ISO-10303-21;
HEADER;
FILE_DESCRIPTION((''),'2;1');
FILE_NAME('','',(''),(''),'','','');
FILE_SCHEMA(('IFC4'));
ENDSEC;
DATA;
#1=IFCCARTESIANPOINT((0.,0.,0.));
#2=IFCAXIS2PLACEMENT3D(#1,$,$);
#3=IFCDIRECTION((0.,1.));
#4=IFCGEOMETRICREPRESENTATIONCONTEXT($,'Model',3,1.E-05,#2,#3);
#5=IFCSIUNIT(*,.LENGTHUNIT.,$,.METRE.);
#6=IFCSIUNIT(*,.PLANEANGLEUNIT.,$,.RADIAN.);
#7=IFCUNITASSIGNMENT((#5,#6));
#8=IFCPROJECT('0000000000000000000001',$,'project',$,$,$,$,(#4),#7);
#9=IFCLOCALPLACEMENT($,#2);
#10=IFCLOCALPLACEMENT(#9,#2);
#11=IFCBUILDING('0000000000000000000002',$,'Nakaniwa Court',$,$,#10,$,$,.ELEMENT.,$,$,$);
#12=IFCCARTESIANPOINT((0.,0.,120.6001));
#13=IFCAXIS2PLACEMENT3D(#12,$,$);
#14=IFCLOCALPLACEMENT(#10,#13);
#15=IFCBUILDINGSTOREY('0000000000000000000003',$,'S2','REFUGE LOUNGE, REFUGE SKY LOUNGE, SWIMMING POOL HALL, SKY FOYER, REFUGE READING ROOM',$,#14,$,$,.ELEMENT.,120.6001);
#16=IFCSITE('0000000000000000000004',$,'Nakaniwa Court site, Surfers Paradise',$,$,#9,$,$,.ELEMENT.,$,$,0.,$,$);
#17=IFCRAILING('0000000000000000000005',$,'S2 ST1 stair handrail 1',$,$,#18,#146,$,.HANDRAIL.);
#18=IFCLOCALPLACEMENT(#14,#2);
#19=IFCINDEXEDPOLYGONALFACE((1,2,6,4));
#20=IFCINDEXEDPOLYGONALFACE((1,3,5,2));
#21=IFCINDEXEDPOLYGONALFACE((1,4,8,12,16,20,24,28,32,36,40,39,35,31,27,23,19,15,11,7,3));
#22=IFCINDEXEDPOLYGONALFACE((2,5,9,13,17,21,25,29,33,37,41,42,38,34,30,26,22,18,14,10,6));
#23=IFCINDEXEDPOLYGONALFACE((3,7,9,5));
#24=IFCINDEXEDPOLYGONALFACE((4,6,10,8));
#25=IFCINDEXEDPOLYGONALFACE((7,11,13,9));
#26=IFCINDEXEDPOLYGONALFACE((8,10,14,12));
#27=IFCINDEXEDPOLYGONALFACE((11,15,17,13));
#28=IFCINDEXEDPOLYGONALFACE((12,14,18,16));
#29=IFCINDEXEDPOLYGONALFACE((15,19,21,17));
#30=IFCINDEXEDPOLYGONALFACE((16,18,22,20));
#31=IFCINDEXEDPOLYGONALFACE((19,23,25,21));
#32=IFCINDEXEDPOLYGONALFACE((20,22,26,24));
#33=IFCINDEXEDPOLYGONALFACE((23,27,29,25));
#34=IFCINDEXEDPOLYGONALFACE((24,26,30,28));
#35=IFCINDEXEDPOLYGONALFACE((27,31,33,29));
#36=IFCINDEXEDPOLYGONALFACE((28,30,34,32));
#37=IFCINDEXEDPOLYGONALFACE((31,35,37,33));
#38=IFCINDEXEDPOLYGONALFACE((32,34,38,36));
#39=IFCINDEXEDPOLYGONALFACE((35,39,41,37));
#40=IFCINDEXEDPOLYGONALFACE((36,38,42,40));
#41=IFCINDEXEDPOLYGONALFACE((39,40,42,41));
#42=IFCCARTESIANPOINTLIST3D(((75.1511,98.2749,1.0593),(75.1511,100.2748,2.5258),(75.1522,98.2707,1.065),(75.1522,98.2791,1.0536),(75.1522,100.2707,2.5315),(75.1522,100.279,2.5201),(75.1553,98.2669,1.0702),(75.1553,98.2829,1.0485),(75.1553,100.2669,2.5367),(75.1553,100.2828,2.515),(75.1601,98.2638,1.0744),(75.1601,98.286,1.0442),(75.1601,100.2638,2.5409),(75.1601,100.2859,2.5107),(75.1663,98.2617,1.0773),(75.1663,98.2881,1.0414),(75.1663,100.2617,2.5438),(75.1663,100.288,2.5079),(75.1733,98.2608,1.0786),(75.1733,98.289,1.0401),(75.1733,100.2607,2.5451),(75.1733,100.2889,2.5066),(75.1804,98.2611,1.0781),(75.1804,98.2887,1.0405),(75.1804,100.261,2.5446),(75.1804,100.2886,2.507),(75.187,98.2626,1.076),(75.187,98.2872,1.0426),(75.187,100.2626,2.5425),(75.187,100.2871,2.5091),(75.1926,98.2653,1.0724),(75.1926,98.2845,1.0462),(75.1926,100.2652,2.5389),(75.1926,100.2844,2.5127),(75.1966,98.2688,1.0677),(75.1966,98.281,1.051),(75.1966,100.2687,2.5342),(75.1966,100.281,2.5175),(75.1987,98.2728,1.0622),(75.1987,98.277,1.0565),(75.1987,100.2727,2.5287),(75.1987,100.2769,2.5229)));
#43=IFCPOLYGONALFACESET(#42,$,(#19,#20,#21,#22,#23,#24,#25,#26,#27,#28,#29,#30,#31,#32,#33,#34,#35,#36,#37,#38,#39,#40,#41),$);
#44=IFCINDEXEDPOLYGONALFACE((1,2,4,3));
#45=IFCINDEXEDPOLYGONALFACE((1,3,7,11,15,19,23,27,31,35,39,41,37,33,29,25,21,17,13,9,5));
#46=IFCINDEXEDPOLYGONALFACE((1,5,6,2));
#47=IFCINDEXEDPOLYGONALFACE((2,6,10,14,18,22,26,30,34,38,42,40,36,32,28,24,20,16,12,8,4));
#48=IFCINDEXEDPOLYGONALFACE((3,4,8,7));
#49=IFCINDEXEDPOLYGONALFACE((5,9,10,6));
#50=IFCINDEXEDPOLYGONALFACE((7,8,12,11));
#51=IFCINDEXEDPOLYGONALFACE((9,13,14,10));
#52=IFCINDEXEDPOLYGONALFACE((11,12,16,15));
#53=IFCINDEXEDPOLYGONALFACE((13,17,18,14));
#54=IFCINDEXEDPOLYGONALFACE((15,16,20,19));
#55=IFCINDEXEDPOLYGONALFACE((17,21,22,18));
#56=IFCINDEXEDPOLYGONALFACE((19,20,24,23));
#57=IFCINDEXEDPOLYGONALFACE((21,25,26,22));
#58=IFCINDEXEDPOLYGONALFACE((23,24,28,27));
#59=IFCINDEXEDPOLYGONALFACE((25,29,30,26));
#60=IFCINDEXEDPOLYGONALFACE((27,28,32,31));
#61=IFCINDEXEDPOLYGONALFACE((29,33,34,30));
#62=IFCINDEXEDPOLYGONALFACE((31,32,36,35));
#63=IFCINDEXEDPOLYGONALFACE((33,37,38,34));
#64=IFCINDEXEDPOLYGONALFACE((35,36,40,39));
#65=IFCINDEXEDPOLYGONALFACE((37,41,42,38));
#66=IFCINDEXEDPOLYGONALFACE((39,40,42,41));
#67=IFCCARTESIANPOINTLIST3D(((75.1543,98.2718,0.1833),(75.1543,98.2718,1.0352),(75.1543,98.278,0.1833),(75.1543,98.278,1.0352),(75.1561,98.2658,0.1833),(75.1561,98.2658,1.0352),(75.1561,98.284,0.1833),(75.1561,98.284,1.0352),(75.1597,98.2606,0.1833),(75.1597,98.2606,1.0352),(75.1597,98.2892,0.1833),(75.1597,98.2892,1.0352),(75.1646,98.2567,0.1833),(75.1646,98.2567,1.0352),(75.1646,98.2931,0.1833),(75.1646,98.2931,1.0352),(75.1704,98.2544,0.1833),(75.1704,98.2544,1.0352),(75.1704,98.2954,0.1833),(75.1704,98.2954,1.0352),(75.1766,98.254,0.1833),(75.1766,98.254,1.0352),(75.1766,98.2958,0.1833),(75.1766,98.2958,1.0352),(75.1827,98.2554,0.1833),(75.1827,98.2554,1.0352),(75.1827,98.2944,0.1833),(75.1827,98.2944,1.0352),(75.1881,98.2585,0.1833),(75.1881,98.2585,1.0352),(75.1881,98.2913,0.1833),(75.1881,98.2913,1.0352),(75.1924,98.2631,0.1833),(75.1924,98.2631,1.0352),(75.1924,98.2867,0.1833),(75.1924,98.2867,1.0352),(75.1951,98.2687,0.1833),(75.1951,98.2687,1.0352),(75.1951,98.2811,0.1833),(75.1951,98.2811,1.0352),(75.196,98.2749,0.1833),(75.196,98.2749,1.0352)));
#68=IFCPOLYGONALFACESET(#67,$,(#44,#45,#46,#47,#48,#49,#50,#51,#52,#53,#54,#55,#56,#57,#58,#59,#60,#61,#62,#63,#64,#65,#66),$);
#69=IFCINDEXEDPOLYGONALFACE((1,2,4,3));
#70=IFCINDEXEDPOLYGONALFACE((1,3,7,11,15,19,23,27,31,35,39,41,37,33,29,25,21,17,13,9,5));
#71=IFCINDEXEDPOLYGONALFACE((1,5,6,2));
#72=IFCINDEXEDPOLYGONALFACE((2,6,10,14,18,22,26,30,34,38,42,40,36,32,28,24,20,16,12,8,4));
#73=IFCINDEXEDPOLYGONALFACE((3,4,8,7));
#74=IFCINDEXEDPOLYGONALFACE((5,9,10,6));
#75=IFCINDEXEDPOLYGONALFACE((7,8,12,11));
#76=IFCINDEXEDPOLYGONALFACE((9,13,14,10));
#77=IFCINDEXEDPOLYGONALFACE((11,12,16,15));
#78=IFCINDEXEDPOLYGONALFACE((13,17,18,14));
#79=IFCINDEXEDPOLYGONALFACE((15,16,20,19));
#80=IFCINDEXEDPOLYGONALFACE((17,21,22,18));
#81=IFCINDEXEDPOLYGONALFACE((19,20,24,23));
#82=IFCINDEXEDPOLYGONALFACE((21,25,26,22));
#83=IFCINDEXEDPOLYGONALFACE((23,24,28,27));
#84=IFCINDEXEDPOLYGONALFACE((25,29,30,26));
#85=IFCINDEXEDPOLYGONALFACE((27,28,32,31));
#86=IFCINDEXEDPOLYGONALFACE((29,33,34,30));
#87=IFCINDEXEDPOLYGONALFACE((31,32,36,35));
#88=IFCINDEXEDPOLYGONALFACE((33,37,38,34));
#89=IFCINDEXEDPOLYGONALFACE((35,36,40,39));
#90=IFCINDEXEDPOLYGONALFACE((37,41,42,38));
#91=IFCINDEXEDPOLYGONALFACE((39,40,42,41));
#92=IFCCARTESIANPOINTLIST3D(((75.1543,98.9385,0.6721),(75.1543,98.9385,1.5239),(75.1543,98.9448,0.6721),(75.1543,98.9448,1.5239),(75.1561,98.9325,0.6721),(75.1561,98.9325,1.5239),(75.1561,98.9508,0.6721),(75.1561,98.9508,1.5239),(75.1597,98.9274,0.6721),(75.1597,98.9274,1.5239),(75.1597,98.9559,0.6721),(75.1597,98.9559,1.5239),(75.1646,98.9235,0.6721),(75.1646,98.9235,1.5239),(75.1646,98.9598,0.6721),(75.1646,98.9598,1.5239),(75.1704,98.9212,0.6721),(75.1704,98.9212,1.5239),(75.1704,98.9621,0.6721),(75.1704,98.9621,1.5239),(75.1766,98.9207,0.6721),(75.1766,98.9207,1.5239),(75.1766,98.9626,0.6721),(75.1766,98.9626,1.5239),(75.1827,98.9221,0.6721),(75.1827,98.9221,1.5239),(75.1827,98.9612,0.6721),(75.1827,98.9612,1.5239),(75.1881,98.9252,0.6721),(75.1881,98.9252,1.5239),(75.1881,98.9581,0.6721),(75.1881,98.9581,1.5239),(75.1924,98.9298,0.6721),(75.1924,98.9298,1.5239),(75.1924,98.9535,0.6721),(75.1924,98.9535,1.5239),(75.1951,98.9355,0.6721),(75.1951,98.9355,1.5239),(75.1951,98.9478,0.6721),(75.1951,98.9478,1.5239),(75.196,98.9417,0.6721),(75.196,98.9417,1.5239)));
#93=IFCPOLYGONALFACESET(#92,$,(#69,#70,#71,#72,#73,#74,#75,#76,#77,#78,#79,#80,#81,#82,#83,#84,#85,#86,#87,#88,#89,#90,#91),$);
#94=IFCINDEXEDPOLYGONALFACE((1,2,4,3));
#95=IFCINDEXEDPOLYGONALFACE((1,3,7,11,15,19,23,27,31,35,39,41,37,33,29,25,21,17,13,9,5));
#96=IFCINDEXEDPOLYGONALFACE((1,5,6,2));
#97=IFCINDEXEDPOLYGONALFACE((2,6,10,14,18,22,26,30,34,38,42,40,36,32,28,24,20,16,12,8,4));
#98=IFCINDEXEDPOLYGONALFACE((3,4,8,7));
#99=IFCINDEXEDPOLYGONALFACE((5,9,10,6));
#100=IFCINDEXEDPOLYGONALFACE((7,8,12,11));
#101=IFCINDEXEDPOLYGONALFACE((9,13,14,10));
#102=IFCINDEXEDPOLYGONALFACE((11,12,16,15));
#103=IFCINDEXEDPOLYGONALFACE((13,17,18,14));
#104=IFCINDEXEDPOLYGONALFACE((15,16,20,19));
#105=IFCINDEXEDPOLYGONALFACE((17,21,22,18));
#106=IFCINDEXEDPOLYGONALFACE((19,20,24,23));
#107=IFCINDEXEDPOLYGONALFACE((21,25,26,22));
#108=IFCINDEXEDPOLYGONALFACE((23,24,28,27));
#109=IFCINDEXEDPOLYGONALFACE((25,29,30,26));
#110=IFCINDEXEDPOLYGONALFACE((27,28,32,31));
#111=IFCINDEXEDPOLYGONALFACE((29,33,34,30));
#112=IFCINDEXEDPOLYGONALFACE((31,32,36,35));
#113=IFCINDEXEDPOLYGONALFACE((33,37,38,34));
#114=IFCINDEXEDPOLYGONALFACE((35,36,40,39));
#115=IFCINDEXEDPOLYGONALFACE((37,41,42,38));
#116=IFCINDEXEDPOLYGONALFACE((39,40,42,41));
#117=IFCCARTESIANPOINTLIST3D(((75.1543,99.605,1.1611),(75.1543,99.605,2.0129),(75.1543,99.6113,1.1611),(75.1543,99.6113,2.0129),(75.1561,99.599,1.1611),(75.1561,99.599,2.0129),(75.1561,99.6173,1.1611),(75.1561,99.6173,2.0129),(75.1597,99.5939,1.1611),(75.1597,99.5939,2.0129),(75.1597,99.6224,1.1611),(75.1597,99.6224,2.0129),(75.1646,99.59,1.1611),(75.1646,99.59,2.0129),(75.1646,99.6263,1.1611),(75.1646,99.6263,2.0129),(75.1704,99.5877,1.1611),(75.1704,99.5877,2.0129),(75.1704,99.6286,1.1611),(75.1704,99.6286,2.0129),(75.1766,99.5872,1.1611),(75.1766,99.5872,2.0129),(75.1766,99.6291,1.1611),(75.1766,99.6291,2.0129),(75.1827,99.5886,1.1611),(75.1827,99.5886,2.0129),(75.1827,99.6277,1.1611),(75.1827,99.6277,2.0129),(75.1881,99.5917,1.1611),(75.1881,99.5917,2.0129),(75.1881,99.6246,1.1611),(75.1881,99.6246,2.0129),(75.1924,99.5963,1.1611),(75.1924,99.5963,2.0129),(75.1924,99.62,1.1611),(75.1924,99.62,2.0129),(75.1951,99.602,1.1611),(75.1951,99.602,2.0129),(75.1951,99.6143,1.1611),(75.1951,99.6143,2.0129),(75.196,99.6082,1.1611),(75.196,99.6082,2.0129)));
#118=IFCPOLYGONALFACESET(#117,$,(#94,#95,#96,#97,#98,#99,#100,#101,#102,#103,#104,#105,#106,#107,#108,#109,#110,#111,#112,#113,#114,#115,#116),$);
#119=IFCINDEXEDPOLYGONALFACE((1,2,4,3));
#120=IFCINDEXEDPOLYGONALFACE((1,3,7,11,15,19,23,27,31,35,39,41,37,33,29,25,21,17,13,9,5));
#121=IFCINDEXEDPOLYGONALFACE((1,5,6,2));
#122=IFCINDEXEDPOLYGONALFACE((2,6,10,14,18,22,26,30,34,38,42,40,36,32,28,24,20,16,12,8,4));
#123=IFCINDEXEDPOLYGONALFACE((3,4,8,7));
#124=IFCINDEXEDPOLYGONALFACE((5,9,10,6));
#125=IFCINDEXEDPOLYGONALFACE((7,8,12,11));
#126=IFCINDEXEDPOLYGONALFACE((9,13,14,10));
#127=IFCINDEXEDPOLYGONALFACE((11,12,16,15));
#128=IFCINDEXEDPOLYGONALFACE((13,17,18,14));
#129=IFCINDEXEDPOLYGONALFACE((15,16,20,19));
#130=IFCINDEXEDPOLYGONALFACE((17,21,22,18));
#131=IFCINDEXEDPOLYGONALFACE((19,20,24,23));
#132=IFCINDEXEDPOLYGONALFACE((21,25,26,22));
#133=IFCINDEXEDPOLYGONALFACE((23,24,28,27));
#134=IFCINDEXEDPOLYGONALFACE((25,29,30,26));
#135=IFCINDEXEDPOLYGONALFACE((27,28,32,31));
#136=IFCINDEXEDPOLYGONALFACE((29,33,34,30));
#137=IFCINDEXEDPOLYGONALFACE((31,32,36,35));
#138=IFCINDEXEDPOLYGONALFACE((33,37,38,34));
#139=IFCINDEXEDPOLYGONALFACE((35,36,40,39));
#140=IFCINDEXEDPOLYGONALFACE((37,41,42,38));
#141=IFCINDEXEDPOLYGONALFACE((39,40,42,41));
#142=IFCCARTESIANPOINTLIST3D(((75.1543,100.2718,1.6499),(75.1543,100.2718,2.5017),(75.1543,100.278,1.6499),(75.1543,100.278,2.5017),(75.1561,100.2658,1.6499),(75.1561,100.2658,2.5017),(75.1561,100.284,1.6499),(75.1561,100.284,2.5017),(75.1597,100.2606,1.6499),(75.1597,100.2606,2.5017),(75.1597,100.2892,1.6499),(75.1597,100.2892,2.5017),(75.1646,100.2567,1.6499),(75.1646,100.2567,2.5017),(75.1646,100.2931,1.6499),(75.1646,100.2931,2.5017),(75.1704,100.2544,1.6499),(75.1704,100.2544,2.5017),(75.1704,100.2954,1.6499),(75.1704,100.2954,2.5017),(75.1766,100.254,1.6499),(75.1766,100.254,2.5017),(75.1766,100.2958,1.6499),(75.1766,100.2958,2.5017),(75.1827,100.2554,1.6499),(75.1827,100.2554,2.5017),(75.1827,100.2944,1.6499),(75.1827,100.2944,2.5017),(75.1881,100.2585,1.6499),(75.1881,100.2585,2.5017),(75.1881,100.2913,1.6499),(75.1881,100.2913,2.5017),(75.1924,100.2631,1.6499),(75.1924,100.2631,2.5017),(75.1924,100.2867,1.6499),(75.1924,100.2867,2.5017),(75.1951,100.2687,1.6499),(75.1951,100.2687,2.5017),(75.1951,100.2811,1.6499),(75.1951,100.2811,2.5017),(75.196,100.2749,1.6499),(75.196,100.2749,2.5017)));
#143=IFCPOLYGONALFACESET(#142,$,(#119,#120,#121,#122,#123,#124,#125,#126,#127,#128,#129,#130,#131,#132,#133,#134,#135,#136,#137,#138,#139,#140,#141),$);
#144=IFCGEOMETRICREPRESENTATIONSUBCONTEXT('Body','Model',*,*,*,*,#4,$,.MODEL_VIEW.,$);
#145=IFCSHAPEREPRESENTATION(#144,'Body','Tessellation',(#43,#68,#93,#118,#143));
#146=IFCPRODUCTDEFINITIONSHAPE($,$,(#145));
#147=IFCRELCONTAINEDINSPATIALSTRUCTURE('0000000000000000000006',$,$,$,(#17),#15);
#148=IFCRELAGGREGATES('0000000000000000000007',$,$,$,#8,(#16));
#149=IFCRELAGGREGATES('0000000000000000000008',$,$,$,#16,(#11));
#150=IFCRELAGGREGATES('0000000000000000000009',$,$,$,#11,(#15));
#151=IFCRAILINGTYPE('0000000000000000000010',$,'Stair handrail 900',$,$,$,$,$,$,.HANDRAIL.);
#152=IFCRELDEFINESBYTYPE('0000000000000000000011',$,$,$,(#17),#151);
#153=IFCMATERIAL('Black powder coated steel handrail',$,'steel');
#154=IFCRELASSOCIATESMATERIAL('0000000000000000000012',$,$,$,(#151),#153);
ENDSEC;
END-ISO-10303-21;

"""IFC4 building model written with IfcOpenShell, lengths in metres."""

from ifc_helpers import new_model, si_unit, direction, frame, origin, origin_2d, place, context, subcontext, project, spatial, circle, extrude, material, type_object, element, save


model = new_model("IFC4")

# Units and contexts
model_context = context("Model", 3, precision=1e-05, world=origin(), true_north=direction((0.0, 1.0)))
body_context = subcontext(model_context, "Body", "Model", "MODEL_VIEW")
ifc_project = project(units=[si_unit("LENGTHUNIT", "METRE"), si_unit("PLANEANGLEUNIT", "RADIAN")], contexts=[model_context])

# Site, building, storey
site_placement = place(None, origin())
site = spatial("IfcSite", under=ifc_project, at=site_placement, Name="Nakaniwa Court site, Surfers Paradise", CompositionType="ELEMENT", RefElevation=0.0)
building_placement = place(site_placement, origin())
building = spatial("IfcBuilding", under=site, at=building_placement, Name="Nakaniwa Court", CompositionType="ELEMENT")
storey_placement = place(building_placement, frame((0.0, 0.0, 120.6001)))
storey = spatial("IfcBuildingStorey", under=building, at=storey_placement, Name="S2", Description="REFUGE LOUNGE, REFUGE SKY LOUNGE, SWIMMING POOL HALL, SKY FOYER, REFUGE READING ROOM", CompositionType="ELEMENT", Elevation=120.6001)

# Railing
ifc_material_1 = material(Name="Black powder coated steel handrail", Category="steel")
railing_type_1 = type_object("IfcRailingType", Name="Stair handrail 900", PredefinedType="HANDRAIL", material=ifc_material_1)
railing_1_placement = place(storey_placement, frame((75.175, 98.2749, 0.1833)))
element("IfcRailing", 1, at=railing_1_placement, inside=storey, type_object=railing_type_1, Name="S2 ST1 stair handrail 1", PredefinedType="HANDRAIL", context=body_context, shape_type="SweptSolid", body=[
    extrude(circle(Radius=0.0239, at=origin_2d()), frame((0.0, 0.0, 0.876), z_axis=(0.0, 0.806427, 0.591334), x_axis=(-1.0, 0.0, 0.0)), (0.0, 0.0, 1.0), 2.48),
    extrude(circle(Radius=0.021, at=origin_2d()), origin(), (0.0, 0.0, 1.0), 0.8518),
    extrude(circle(Radius=0.021, at=origin_2d()), frame((0.0, 0.6667, 0.4888)), (0.0, 0.0, 1.0), 0.8518),
    extrude(circle(Radius=0.021, at=origin_2d()), frame((0.0, 1.3333, 0.9778)), (0.0, 0.0, 1.0), 0.8518),
    extrude(circle(Radius=0.021, at=origin_2d()), frame((0.0, 2.0, 1.4666)), (0.0, 0.0, 1.0), 0.8518),
])

save(model, "model.ifc")
